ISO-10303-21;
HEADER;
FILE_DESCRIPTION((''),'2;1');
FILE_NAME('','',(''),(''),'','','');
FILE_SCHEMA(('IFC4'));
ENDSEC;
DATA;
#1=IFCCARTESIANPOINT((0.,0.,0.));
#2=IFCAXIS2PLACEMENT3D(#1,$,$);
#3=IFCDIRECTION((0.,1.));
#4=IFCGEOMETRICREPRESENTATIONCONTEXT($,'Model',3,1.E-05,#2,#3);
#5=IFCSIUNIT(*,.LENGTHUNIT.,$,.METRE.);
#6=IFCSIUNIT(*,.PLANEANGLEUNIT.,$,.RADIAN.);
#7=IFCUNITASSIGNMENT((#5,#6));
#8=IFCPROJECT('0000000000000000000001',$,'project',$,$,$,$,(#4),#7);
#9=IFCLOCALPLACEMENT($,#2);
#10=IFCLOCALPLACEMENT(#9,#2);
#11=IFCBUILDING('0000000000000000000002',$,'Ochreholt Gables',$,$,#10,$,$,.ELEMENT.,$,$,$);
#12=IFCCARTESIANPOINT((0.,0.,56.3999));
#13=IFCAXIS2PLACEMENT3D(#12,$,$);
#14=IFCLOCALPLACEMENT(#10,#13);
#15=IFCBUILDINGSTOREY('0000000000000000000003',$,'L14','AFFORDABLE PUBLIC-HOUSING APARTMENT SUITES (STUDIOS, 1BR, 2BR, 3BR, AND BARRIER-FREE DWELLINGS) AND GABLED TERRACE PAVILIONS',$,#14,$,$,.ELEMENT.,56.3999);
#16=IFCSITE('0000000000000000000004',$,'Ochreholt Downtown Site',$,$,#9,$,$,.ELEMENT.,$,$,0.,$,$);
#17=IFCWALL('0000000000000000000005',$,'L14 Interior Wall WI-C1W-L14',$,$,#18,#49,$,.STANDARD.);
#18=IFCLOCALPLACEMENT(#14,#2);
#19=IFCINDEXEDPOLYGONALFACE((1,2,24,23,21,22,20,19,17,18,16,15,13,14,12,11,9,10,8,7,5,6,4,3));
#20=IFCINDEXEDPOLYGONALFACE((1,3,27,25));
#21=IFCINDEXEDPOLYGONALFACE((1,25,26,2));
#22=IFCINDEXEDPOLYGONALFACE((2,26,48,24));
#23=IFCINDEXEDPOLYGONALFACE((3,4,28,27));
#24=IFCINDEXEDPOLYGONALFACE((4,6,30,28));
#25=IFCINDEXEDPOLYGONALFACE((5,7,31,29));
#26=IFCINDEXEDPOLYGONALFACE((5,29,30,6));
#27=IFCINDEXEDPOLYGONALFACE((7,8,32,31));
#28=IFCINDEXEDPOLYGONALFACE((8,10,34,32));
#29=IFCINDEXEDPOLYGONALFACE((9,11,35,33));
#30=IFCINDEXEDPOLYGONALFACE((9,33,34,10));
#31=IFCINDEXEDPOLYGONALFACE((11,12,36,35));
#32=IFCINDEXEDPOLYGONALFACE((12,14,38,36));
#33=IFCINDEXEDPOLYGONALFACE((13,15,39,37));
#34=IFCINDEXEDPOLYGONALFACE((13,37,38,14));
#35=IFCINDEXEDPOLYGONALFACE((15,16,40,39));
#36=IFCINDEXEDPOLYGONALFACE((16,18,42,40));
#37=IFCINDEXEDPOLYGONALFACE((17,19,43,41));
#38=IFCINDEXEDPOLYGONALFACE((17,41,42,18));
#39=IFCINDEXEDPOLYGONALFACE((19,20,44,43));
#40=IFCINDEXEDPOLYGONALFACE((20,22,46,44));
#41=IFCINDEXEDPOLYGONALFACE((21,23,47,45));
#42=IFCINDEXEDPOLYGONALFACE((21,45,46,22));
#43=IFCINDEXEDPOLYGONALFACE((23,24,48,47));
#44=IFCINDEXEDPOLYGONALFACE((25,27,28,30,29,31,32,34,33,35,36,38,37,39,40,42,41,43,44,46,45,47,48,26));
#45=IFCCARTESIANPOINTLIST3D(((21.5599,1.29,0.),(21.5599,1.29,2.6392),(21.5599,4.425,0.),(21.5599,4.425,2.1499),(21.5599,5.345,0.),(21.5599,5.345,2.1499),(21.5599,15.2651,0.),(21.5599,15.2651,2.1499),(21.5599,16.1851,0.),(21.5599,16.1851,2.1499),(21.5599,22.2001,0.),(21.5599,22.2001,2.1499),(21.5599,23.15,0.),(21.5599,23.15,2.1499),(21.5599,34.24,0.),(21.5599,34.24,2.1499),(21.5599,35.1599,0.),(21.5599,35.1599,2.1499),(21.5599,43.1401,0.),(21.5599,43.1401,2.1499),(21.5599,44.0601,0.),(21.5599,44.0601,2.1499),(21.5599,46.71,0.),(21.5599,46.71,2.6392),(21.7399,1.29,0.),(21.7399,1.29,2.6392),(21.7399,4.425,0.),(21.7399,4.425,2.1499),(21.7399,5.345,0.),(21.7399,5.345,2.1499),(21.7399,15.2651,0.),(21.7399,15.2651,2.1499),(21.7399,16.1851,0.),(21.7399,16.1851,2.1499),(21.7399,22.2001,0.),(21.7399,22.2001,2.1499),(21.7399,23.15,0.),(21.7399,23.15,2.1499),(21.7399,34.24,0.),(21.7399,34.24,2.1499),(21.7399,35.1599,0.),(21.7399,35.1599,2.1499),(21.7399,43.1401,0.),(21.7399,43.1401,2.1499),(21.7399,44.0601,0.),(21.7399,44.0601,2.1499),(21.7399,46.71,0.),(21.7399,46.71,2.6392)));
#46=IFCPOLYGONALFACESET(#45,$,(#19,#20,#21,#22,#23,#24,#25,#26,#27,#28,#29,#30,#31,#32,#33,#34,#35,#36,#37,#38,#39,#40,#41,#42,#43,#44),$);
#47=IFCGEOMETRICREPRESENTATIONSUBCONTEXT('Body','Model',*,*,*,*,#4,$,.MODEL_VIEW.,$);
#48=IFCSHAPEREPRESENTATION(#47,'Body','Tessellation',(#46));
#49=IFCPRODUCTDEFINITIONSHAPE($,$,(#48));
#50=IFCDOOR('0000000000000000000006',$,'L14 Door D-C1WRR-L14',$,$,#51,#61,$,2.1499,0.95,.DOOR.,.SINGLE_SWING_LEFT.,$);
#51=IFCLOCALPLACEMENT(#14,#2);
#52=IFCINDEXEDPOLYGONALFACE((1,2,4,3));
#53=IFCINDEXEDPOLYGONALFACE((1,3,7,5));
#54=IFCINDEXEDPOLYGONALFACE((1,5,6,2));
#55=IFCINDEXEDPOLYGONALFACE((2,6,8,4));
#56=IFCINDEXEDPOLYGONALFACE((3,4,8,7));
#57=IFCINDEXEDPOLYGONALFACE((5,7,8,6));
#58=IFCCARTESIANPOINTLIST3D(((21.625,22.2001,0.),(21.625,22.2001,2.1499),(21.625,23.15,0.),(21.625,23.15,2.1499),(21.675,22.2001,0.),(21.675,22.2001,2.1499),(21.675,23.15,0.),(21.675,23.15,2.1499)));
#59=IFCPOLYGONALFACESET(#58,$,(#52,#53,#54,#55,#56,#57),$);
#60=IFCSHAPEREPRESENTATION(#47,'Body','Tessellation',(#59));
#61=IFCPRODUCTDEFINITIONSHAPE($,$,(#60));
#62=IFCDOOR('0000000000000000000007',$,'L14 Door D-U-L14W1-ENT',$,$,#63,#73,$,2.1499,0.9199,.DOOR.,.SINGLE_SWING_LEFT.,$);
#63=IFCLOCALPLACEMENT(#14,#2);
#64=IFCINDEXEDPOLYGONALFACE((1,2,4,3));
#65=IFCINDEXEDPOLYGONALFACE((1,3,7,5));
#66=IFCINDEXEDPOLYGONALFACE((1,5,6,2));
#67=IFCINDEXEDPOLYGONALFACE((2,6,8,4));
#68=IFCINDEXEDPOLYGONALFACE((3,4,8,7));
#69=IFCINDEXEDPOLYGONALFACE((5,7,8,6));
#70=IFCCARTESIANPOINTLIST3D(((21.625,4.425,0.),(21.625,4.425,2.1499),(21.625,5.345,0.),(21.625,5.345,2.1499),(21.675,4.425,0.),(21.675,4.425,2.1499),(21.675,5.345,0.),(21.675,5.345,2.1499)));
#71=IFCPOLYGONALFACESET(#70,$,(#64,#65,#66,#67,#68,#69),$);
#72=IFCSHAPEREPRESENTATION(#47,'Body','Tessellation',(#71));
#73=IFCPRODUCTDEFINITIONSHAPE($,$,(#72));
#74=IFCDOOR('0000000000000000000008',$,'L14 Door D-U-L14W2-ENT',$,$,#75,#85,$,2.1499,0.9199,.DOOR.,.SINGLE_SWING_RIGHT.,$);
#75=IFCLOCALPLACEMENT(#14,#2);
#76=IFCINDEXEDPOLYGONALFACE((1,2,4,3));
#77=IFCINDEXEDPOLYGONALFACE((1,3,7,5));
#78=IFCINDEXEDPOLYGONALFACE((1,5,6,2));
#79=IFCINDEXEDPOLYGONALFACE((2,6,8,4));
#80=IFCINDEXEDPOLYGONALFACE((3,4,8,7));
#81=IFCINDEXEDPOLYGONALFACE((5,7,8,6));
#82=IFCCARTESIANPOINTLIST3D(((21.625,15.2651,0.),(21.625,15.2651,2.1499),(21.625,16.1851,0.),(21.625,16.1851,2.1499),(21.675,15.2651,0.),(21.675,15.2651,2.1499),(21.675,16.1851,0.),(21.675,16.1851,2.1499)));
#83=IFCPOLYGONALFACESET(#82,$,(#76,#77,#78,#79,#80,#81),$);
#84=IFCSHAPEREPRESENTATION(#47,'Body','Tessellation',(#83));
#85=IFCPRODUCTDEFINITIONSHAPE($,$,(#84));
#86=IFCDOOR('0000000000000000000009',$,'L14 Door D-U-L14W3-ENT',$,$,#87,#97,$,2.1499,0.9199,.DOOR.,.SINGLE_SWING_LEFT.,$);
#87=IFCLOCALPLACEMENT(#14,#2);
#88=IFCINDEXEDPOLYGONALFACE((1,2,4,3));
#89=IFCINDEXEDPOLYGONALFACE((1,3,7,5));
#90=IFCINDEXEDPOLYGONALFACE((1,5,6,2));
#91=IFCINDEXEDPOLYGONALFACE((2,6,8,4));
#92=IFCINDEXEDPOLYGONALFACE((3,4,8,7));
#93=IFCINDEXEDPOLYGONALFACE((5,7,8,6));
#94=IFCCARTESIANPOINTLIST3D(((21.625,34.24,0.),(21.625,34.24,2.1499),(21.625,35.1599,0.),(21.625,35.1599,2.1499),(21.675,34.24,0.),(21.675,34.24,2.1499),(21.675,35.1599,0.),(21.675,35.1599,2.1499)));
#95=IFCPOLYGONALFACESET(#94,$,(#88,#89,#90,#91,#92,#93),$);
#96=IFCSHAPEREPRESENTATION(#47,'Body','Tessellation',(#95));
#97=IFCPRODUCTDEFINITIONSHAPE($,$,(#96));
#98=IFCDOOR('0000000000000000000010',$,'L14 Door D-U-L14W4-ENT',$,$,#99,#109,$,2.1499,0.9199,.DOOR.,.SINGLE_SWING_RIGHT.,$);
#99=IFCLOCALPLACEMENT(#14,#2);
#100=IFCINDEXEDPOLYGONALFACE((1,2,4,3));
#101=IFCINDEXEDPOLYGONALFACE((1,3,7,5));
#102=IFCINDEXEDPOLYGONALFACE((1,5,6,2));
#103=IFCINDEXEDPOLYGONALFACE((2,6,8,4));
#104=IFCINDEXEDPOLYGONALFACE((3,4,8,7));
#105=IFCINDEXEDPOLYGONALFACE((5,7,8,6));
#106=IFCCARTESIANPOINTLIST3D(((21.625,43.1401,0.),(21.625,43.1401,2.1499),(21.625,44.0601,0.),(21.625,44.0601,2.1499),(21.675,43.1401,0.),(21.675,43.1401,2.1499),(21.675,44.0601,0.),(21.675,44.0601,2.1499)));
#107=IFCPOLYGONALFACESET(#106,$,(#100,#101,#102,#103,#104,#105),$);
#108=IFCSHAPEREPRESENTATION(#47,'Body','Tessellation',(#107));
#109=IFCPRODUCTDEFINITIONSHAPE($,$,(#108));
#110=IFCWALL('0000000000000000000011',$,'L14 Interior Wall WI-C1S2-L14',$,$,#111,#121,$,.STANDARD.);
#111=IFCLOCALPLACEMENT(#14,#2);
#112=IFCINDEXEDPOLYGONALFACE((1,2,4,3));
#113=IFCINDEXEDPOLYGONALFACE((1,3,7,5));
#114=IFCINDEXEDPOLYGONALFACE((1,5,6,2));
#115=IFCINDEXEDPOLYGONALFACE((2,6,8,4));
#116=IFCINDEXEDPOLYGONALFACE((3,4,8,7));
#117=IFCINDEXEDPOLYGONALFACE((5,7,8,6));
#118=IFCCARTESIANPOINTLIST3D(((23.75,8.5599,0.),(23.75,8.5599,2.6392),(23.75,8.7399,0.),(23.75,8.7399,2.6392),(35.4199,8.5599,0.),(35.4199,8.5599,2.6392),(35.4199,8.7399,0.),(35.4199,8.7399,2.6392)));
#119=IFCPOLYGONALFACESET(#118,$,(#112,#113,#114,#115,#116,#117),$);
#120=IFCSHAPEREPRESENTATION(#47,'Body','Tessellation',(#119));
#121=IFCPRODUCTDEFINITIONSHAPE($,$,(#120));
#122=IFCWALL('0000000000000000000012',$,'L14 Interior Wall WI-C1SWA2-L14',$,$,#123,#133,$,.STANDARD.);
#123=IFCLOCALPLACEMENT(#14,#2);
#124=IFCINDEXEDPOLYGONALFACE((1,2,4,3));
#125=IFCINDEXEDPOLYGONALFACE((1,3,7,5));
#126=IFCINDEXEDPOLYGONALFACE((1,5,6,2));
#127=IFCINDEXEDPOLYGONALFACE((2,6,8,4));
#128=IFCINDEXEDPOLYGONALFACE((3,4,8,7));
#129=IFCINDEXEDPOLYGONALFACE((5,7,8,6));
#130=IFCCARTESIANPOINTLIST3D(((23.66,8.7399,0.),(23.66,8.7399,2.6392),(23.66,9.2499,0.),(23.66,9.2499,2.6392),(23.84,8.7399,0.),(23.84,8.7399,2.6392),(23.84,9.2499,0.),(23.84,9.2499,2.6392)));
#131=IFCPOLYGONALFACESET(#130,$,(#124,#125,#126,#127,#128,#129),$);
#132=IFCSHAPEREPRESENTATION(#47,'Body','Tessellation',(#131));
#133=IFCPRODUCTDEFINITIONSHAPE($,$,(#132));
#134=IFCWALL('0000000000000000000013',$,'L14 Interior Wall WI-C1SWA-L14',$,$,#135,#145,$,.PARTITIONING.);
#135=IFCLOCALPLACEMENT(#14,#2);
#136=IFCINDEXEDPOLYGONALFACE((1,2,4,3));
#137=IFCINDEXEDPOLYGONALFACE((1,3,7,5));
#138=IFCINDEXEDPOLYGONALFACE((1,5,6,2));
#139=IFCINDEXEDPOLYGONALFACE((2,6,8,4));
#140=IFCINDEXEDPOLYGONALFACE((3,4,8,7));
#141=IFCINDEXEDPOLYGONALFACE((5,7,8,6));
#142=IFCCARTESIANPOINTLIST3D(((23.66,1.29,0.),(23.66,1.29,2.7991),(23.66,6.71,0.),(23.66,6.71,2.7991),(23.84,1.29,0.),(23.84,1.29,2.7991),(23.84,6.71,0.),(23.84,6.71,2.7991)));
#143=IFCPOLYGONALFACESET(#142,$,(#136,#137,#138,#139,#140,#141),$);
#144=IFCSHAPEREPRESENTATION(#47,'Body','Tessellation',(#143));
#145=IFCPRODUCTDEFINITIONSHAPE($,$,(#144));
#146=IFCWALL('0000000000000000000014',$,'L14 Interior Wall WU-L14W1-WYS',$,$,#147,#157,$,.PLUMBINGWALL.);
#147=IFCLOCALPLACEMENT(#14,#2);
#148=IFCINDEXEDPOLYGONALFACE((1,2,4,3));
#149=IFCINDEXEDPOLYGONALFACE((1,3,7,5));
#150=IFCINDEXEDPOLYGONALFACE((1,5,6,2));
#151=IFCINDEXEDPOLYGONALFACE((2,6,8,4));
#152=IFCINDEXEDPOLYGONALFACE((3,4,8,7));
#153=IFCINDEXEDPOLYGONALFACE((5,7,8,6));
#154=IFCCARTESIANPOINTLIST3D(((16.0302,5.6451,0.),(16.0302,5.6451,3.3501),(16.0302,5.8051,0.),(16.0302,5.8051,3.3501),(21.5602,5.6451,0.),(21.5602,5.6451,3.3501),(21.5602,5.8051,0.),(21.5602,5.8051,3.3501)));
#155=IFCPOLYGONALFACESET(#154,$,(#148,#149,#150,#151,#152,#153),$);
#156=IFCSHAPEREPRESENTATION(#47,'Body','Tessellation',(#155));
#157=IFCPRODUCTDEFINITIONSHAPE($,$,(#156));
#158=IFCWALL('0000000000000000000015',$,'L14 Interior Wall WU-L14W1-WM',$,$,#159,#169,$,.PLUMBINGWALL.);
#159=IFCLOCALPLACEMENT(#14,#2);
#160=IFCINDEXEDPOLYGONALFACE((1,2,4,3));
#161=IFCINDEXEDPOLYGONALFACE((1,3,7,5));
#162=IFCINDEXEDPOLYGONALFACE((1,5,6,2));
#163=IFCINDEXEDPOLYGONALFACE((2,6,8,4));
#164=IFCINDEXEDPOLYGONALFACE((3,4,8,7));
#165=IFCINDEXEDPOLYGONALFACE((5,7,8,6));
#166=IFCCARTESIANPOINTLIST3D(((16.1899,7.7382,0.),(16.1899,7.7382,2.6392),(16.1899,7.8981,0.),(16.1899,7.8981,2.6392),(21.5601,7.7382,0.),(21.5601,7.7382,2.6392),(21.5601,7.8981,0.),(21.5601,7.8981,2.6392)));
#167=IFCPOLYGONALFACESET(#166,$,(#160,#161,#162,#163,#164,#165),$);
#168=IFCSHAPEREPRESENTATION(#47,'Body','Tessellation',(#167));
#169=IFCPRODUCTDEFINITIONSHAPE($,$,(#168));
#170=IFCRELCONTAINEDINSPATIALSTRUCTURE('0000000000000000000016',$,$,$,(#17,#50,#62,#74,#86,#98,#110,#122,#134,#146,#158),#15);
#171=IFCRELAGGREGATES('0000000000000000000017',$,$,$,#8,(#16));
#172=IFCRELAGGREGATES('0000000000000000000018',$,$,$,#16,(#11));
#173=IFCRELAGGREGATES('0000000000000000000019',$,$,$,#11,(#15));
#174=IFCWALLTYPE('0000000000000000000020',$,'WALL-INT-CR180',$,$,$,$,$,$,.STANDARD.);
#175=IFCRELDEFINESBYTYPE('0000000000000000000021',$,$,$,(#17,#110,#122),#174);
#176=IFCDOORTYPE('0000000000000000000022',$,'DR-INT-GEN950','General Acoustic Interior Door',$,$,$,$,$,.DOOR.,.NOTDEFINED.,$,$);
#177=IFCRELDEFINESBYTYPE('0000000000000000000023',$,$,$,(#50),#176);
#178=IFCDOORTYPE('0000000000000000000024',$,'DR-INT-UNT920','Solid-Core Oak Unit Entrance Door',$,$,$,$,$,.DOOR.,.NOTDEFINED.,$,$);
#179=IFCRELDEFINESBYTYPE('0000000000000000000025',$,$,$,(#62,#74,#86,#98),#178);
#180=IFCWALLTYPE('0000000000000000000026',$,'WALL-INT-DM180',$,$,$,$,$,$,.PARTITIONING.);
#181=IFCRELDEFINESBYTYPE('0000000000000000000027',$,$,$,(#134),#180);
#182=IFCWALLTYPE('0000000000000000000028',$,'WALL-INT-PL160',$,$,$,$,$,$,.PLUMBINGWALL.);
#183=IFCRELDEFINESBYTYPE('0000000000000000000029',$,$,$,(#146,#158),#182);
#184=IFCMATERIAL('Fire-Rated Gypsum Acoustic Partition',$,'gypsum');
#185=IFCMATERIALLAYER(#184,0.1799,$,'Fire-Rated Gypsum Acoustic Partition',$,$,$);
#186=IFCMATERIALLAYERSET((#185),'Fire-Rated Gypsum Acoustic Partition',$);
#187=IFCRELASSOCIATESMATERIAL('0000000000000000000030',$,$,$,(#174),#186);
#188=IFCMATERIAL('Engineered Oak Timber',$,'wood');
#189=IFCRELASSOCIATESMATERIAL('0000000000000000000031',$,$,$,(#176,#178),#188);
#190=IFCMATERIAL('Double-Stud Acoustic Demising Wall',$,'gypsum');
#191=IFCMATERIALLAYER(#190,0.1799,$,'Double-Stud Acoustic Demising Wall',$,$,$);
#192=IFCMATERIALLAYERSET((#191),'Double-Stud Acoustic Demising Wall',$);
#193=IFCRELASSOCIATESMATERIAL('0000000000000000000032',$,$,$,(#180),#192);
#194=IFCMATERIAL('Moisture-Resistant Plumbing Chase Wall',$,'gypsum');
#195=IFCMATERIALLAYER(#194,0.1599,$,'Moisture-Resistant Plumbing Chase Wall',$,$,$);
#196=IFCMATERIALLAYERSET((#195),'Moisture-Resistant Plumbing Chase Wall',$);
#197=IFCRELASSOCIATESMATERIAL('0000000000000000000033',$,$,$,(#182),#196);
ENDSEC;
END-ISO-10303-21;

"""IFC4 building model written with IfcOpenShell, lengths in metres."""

from ifc_helpers import new_model, si_unit, direction, frame, frame_2d, origin, place, context, subcontext, project, spatial, rectangle, extrude, material, layer, layer_set, type_object, element, fill, save


model = new_model("IFC4")

# Units and contexts
model_context = context("Model", 3, precision=1e-05, world=origin(), true_north=direction((0.0, 1.0)))
body_context = subcontext(model_context, "Body", "Model", "MODEL_VIEW")
ifc_project = project(units=[si_unit("LENGTHUNIT", "METRE"), si_unit("PLANEANGLEUNIT", "RADIAN")], contexts=[model_context])

# Site, building, storey
site_placement = place(None, origin())
site = spatial("IfcSite", under=ifc_project, at=site_placement, Name="Ochreholt Downtown Site", CompositionType="ELEMENT", RefElevation=0.0)
building_placement = place(site_placement, origin())
building = spatial("IfcBuilding", under=site, at=building_placement, Name="Ochreholt Gables", CompositionType="ELEMENT")
storey_placement = place(building_placement, frame((0.0, 0.0, 56.3999)))
storey = spatial("IfcBuildingStorey", under=building, at=storey_placement, Name="L14", Description="AFFORDABLE PUBLIC-HOUSING APARTMENT SUITES (STUDIOS, 1BR, 2BR, 3BR, AND BARRIER-FREE DWELLINGS) AND GABLED TERRACE PAVILIONS", CompositionType="ELEMENT", Elevation=56.3999)

# Wall, openings, doors
ifc_material_1 = material(Name="Fire-Rated Gypsum Acoustic Partition", Category="gypsum")
ifc_layer_1 = layer(ifc_material_1, 0.1799, Name="Fire-Rated Gypsum Acoustic Partition")
ifc_layer_set_1 = layer_set([ifc_layer_1], Name="Fire-Rated Gypsum Acoustic Partition")
wall_type_1 = type_object("IfcWallType", Name="WALL-INT-CR180", PredefinedType="STANDARD", material=ifc_layer_set_1)
wall_1_placement = place(storey_placement, frame((21.6499, 1.29, 0.0), z_axis=(0.0, 0.0, 1.0), x_axis=(0.0, 1.0, 0.0)))
wall_1 = element("IfcWall", 1, at=wall_1_placement, inside=storey, type_object=wall_type_1, Name="L14 Interior Wall WI-C1W-L14", PredefinedType="STANDARD", context=body_context, shape_type="SweptSolid", body=[
    extrude(rectangle(XDim=45.4199, YDim=0.1799, at=frame_2d((22.71, 0.0))), origin(), (0.0, 0.0, 1.0), 2.6392),
])
opening_1_placement = place(wall_1_placement, frame((3.135, 0.0, 0.0)))
opening_1 = element("IfcOpeningElement", 2, at=opening_1_placement, cuts=wall_1, PredefinedType="OPENING", context=body_context, shape_type="SweptSolid", body=[
    extrude(rectangle(XDim=0.9199, YDim=2.1499, at=frame_2d((0.46, 1.075))), frame((0.0, 0.0999, 0.0), z_axis=(0.0, -1.0, 0.0), x_axis=(1.0, 0.0, 0.0)), (0.0, 0.0, 1.0), 0.2),
])
opening_2_placement = place(wall_1_placement, frame((13.9751, 0.0, 0.0)))
opening_2 = element("IfcOpeningElement", 3, at=opening_2_placement, cuts=wall_1, PredefinedType="OPENING", context=body_context, shape_type="SweptSolid", body=[
    extrude(rectangle(XDim=0.9199, YDim=2.1499, at=frame_2d((0.46, 1.075))), frame((0.0, 0.0999, 0.0), z_axis=(0.0, -1.0, 0.0), x_axis=(1.0, 0.0, 0.0)), (0.0, 0.0, 1.0), 0.2),
])
opening_3_placement = place(wall_1_placement, frame((20.9099, 0.0, 0.0)))
opening_3 = element("IfcOpeningElement", 4, at=opening_3_placement, cuts=wall_1, PredefinedType="OPENING", context=body_context, shape_type="SweptSolid", body=[
    extrude(rectangle(XDim=0.95, YDim=2.1499, at=frame_2d((0.4751, 1.075))), frame((0.0, 0.0999, 0.0), z_axis=(0.0, -1.0, 0.0), x_axis=(1.0, 0.0, 0.0)), (0.0, 0.0, 1.0), 0.2),
])
opening_4_placement = place(wall_1_placement, frame((32.95, 0.0, 0.0)))
opening_4 = element("IfcOpeningElement", 5, at=opening_4_placement, cuts=wall_1, PredefinedType="OPENING", context=body_context, shape_type="SweptSolid", body=[
    extrude(rectangle(XDim=0.9199, YDim=2.1499, at=frame_2d((0.46, 1.075))), frame((0.0, 0.0999, 0.0), z_axis=(0.0, -1.0, 0.0), x_axis=(1.0, 0.0, 0.0)), (0.0, 0.0, 1.0), 0.2),
])
opening_5_placement = place(wall_1_placement, frame((41.8501, 0.0, 0.0)))
opening_5 = element("IfcOpeningElement", 6, at=opening_5_placement, cuts=wall_1, PredefinedType="OPENING", context=body_context, shape_type="SweptSolid", body=[
    extrude(rectangle(XDim=0.9199, YDim=2.1499, at=frame_2d((0.46, 1.075))), frame((0.0, 0.0999, 0.0), z_axis=(0.0, -1.0, 0.0), x_axis=(1.0, 0.0, 0.0)), (0.0, 0.0, 1.0), 0.2),
])
ifc_material_2 = material(Name="Engineered Oak Timber", Category="wood")
door_type_1 = type_object("IfcDoorType", Name="DR-INT-GEN950", Description="General Acoustic Interior Door", OperationType="NOTDEFINED", PredefinedType="DOOR", material=ifc_material_2)
door_1_placement = place(opening_3_placement, origin())
door_1 = element("IfcDoor", 7, at=door_1_placement, inside=storey, type_object=door_type_1, Name="L14 Door D-C1WRR-L14", OperationType="SINGLE_SWING_LEFT", OverallHeight=2.1499, OverallWidth=0.95, PredefinedType="DOOR", context=body_context, shape_type="SweptSolid", body=[
    extrude(rectangle(XDim=0.95, YDim=2.1499, at=frame_2d((0.4751, 1.075))), frame((0.0, 0.0249, 0.0), z_axis=(0.0, -1.0, 0.0), x_axis=(1.0, 0.0, 0.0)), (0.0, 0.0, 1.0), 0.05),
])
fill(opening_3, door_1)
door_type_2 = type_object("IfcDoorType", Name="DR-INT-UNT920", Description="Solid-Core Oak Unit Entrance Door", OperationType="NOTDEFINED", PredefinedType="DOOR", material=ifc_material_2)
door_2_placement = place(opening_1_placement, origin())
door_2 = element("IfcDoor", 8, at=door_2_placement, inside=storey, type_object=door_type_2, Name="L14 Door D-U-L14W1-ENT", OperationType="SINGLE_SWING_LEFT", OverallHeight=2.1499, OverallWidth=0.9199, PredefinedType="DOOR", context=body_context, shape_type="SweptSolid", body=[
    extrude(rectangle(XDim=0.9199, YDim=2.1499, at=frame_2d((0.46, 1.075))), frame((0.0, 0.0249, 0.0), z_axis=(0.0, -1.0, 0.0), x_axis=(1.0, 0.0, 0.0)), (0.0, 0.0, 1.0), 0.05),
])
fill(opening_1, door_2)
door_3_placement = place(opening_2_placement, origin())
door_3 = element("IfcDoor", 9, at=door_3_placement, inside=storey, type_object=door_type_2, Name="L14 Door D-U-L14W2-ENT", OperationType="SINGLE_SWING_RIGHT", OverallHeight=2.1499, OverallWidth=0.9199, PredefinedType="DOOR", context=body_context, shape_type="SweptSolid", body=[
    extrude(rectangle(XDim=0.9199, YDim=2.1499, at=frame_2d((0.46, 1.075))), frame((0.0, 0.0249, 0.0), z_axis=(0.0, -1.0, 0.0), x_axis=(1.0, 0.0, 0.0)), (0.0, 0.0, 1.0), 0.05),
])
fill(opening_2, door_3)
door_4_placement = place(opening_4_placement, origin())
door_4 = element("IfcDoor", 10, at=door_4_placement, inside=storey, type_object=door_type_2, Name="L14 Door D-U-L14W3-ENT", OperationType="SINGLE_SWING_LEFT", OverallHeight=2.1499, OverallWidth=0.9199, PredefinedType="DOOR", context=body_context, shape_type="SweptSolid", body=[
    extrude(rectangle(XDim=0.9199, YDim=2.1499, at=frame_2d((0.46, 1.075))), frame((0.0, 0.0249, 0.0), z_axis=(0.0, -1.0, 0.0), x_axis=(1.0, 0.0, 0.0)), (0.0, 0.0, 1.0), 0.05),
])
fill(opening_4, door_4)
door_5_placement = place(opening_5_placement, origin())
door_5 = element("IfcDoor", 11, at=door_5_placement, inside=storey, type_object=door_type_2, Name="L14 Door D-U-L14W4-ENT", OperationType="SINGLE_SWING_RIGHT", OverallHeight=2.1499, OverallWidth=0.9199, PredefinedType="DOOR", context=body_context, shape_type="SweptSolid", body=[
    extrude(rectangle(XDim=0.9199, YDim=2.1499, at=frame_2d((0.46, 1.075))), frame((0.0, 0.0249, 0.0), z_axis=(0.0, -1.0, 0.0), x_axis=(1.0, 0.0, 0.0)), (0.0, 0.0, 1.0), 0.05),
])
fill(opening_5, door_5)

# Walls
wall_2_placement = place(storey_placement, frame((23.75, 8.6499, 0.0), z_axis=(0.0, 0.0, 1.0), x_axis=(1.0, 0.0, 0.0)))
element("IfcWall", 12, at=wall_2_placement, inside=storey, type_object=wall_type_1, Name="L14 Interior Wall WI-C1S2-L14", PredefinedType="STANDARD", context=body_context, shape_type="SweptSolid", body=[
    extrude(rectangle(XDim=11.6699, YDim=0.1799, at=frame_2d((5.835, 0.0))), origin(), (0.0, 0.0, 1.0), 2.6392),
])
wall_3_placement = place(storey_placement, frame((23.75, 8.74, 0.0), z_axis=(0.0, 0.0, 1.0), x_axis=(0.0, 1.0, 0.0)))
element("IfcWall", 13, at=wall_3_placement, inside=storey, type_object=wall_type_1, Name="L14 Interior Wall WI-C1SWA2-L14", PredefinedType="STANDARD", context=body_context, shape_type="SweptSolid", body=[
    extrude(rectangle(XDim=0.51, YDim=0.1799, at=frame_2d((0.2549, 0.0))), origin(), (0.0, 0.0, 1.0), 2.6392),
])
ifc_material_3 = material(Name="Double-Stud Acoustic Demising Wall", Category="gypsum")
ifc_layer_2 = layer(ifc_material_3, 0.1799, Name="Double-Stud Acoustic Demising Wall")
ifc_layer_set_2 = layer_set([ifc_layer_2], Name="Double-Stud Acoustic Demising Wall")
wall_type_2 = type_object("IfcWallType", Name="WALL-INT-DM180", PredefinedType="PARTITIONING", material=ifc_layer_set_2)
wall_4_placement = place(storey_placement, frame((23.75, 1.29, 0.0), z_axis=(0.0, 0.0, 1.0), x_axis=(0.0, 1.0, 0.0)))
element("IfcWall", 14, at=wall_4_placement, inside=storey, type_object=wall_type_2, Name="L14 Interior Wall WI-C1SWA-L14", PredefinedType="PARTITIONING", context=body_context, shape_type="SweptSolid", body=[
    extrude(rectangle(XDim=5.4199, YDim=0.1799, at=frame_2d((2.71, 0.0))), origin(), (0.0, 0.0, 1.0), 2.7991),
])
ifc_material_4 = material(Name="Moisture-Resistant Plumbing Chase Wall", Category="gypsum")
ifc_layer_3 = layer(ifc_material_4, 0.1599, Name="Moisture-Resistant Plumbing Chase Wall")
ifc_layer_set_3 = layer_set([ifc_layer_3], Name="Moisture-Resistant Plumbing Chase Wall")
wall_type_3 = type_object("IfcWallType", Name="WALL-INT-PL160", PredefinedType="PLUMBINGWALL", material=ifc_layer_set_3)
wall_5_placement = place(storey_placement, frame((16.03, 5.7251, 0.0), z_axis=(0.0, 0.0, 1.0), x_axis=(1.0, 0.0, 0.0)))
element("IfcWall", 15, at=wall_5_placement, inside=storey, type_object=wall_type_3, Name="L14 Interior Wall WU-L14W1-WYS", PredefinedType="PLUMBINGWALL", context=body_context, shape_type="SweptSolid", body=[
    extrude(rectangle(XDim=5.53, YDim=0.1599, at=frame_2d((2.7651, 0.0))), origin(), (0.0, 0.0, 1.0), 3.3501),
])

# Wall
wall_6_placement = place(storey_placement, frame((16.1899, 7.8181, 0.0), z_axis=(0.0, 0.0, 1.0), x_axis=(1.0, 0.0, 0.0)))
element("IfcWall", 16, at=wall_6_placement, inside=storey, type_object=wall_type_3, Name="L14 Interior Wall WU-L14W1-WM", PredefinedType="PLUMBINGWALL", context=body_context, shape_type="SweptSolid", body=[
    extrude(rectangle(XDim=5.3701, YDim=0.1599, at=frame_2d((2.6851, 0.0))), origin(), (0.0, 0.0, 1.0), 2.6392),
])

save(model, "model.ifc")
